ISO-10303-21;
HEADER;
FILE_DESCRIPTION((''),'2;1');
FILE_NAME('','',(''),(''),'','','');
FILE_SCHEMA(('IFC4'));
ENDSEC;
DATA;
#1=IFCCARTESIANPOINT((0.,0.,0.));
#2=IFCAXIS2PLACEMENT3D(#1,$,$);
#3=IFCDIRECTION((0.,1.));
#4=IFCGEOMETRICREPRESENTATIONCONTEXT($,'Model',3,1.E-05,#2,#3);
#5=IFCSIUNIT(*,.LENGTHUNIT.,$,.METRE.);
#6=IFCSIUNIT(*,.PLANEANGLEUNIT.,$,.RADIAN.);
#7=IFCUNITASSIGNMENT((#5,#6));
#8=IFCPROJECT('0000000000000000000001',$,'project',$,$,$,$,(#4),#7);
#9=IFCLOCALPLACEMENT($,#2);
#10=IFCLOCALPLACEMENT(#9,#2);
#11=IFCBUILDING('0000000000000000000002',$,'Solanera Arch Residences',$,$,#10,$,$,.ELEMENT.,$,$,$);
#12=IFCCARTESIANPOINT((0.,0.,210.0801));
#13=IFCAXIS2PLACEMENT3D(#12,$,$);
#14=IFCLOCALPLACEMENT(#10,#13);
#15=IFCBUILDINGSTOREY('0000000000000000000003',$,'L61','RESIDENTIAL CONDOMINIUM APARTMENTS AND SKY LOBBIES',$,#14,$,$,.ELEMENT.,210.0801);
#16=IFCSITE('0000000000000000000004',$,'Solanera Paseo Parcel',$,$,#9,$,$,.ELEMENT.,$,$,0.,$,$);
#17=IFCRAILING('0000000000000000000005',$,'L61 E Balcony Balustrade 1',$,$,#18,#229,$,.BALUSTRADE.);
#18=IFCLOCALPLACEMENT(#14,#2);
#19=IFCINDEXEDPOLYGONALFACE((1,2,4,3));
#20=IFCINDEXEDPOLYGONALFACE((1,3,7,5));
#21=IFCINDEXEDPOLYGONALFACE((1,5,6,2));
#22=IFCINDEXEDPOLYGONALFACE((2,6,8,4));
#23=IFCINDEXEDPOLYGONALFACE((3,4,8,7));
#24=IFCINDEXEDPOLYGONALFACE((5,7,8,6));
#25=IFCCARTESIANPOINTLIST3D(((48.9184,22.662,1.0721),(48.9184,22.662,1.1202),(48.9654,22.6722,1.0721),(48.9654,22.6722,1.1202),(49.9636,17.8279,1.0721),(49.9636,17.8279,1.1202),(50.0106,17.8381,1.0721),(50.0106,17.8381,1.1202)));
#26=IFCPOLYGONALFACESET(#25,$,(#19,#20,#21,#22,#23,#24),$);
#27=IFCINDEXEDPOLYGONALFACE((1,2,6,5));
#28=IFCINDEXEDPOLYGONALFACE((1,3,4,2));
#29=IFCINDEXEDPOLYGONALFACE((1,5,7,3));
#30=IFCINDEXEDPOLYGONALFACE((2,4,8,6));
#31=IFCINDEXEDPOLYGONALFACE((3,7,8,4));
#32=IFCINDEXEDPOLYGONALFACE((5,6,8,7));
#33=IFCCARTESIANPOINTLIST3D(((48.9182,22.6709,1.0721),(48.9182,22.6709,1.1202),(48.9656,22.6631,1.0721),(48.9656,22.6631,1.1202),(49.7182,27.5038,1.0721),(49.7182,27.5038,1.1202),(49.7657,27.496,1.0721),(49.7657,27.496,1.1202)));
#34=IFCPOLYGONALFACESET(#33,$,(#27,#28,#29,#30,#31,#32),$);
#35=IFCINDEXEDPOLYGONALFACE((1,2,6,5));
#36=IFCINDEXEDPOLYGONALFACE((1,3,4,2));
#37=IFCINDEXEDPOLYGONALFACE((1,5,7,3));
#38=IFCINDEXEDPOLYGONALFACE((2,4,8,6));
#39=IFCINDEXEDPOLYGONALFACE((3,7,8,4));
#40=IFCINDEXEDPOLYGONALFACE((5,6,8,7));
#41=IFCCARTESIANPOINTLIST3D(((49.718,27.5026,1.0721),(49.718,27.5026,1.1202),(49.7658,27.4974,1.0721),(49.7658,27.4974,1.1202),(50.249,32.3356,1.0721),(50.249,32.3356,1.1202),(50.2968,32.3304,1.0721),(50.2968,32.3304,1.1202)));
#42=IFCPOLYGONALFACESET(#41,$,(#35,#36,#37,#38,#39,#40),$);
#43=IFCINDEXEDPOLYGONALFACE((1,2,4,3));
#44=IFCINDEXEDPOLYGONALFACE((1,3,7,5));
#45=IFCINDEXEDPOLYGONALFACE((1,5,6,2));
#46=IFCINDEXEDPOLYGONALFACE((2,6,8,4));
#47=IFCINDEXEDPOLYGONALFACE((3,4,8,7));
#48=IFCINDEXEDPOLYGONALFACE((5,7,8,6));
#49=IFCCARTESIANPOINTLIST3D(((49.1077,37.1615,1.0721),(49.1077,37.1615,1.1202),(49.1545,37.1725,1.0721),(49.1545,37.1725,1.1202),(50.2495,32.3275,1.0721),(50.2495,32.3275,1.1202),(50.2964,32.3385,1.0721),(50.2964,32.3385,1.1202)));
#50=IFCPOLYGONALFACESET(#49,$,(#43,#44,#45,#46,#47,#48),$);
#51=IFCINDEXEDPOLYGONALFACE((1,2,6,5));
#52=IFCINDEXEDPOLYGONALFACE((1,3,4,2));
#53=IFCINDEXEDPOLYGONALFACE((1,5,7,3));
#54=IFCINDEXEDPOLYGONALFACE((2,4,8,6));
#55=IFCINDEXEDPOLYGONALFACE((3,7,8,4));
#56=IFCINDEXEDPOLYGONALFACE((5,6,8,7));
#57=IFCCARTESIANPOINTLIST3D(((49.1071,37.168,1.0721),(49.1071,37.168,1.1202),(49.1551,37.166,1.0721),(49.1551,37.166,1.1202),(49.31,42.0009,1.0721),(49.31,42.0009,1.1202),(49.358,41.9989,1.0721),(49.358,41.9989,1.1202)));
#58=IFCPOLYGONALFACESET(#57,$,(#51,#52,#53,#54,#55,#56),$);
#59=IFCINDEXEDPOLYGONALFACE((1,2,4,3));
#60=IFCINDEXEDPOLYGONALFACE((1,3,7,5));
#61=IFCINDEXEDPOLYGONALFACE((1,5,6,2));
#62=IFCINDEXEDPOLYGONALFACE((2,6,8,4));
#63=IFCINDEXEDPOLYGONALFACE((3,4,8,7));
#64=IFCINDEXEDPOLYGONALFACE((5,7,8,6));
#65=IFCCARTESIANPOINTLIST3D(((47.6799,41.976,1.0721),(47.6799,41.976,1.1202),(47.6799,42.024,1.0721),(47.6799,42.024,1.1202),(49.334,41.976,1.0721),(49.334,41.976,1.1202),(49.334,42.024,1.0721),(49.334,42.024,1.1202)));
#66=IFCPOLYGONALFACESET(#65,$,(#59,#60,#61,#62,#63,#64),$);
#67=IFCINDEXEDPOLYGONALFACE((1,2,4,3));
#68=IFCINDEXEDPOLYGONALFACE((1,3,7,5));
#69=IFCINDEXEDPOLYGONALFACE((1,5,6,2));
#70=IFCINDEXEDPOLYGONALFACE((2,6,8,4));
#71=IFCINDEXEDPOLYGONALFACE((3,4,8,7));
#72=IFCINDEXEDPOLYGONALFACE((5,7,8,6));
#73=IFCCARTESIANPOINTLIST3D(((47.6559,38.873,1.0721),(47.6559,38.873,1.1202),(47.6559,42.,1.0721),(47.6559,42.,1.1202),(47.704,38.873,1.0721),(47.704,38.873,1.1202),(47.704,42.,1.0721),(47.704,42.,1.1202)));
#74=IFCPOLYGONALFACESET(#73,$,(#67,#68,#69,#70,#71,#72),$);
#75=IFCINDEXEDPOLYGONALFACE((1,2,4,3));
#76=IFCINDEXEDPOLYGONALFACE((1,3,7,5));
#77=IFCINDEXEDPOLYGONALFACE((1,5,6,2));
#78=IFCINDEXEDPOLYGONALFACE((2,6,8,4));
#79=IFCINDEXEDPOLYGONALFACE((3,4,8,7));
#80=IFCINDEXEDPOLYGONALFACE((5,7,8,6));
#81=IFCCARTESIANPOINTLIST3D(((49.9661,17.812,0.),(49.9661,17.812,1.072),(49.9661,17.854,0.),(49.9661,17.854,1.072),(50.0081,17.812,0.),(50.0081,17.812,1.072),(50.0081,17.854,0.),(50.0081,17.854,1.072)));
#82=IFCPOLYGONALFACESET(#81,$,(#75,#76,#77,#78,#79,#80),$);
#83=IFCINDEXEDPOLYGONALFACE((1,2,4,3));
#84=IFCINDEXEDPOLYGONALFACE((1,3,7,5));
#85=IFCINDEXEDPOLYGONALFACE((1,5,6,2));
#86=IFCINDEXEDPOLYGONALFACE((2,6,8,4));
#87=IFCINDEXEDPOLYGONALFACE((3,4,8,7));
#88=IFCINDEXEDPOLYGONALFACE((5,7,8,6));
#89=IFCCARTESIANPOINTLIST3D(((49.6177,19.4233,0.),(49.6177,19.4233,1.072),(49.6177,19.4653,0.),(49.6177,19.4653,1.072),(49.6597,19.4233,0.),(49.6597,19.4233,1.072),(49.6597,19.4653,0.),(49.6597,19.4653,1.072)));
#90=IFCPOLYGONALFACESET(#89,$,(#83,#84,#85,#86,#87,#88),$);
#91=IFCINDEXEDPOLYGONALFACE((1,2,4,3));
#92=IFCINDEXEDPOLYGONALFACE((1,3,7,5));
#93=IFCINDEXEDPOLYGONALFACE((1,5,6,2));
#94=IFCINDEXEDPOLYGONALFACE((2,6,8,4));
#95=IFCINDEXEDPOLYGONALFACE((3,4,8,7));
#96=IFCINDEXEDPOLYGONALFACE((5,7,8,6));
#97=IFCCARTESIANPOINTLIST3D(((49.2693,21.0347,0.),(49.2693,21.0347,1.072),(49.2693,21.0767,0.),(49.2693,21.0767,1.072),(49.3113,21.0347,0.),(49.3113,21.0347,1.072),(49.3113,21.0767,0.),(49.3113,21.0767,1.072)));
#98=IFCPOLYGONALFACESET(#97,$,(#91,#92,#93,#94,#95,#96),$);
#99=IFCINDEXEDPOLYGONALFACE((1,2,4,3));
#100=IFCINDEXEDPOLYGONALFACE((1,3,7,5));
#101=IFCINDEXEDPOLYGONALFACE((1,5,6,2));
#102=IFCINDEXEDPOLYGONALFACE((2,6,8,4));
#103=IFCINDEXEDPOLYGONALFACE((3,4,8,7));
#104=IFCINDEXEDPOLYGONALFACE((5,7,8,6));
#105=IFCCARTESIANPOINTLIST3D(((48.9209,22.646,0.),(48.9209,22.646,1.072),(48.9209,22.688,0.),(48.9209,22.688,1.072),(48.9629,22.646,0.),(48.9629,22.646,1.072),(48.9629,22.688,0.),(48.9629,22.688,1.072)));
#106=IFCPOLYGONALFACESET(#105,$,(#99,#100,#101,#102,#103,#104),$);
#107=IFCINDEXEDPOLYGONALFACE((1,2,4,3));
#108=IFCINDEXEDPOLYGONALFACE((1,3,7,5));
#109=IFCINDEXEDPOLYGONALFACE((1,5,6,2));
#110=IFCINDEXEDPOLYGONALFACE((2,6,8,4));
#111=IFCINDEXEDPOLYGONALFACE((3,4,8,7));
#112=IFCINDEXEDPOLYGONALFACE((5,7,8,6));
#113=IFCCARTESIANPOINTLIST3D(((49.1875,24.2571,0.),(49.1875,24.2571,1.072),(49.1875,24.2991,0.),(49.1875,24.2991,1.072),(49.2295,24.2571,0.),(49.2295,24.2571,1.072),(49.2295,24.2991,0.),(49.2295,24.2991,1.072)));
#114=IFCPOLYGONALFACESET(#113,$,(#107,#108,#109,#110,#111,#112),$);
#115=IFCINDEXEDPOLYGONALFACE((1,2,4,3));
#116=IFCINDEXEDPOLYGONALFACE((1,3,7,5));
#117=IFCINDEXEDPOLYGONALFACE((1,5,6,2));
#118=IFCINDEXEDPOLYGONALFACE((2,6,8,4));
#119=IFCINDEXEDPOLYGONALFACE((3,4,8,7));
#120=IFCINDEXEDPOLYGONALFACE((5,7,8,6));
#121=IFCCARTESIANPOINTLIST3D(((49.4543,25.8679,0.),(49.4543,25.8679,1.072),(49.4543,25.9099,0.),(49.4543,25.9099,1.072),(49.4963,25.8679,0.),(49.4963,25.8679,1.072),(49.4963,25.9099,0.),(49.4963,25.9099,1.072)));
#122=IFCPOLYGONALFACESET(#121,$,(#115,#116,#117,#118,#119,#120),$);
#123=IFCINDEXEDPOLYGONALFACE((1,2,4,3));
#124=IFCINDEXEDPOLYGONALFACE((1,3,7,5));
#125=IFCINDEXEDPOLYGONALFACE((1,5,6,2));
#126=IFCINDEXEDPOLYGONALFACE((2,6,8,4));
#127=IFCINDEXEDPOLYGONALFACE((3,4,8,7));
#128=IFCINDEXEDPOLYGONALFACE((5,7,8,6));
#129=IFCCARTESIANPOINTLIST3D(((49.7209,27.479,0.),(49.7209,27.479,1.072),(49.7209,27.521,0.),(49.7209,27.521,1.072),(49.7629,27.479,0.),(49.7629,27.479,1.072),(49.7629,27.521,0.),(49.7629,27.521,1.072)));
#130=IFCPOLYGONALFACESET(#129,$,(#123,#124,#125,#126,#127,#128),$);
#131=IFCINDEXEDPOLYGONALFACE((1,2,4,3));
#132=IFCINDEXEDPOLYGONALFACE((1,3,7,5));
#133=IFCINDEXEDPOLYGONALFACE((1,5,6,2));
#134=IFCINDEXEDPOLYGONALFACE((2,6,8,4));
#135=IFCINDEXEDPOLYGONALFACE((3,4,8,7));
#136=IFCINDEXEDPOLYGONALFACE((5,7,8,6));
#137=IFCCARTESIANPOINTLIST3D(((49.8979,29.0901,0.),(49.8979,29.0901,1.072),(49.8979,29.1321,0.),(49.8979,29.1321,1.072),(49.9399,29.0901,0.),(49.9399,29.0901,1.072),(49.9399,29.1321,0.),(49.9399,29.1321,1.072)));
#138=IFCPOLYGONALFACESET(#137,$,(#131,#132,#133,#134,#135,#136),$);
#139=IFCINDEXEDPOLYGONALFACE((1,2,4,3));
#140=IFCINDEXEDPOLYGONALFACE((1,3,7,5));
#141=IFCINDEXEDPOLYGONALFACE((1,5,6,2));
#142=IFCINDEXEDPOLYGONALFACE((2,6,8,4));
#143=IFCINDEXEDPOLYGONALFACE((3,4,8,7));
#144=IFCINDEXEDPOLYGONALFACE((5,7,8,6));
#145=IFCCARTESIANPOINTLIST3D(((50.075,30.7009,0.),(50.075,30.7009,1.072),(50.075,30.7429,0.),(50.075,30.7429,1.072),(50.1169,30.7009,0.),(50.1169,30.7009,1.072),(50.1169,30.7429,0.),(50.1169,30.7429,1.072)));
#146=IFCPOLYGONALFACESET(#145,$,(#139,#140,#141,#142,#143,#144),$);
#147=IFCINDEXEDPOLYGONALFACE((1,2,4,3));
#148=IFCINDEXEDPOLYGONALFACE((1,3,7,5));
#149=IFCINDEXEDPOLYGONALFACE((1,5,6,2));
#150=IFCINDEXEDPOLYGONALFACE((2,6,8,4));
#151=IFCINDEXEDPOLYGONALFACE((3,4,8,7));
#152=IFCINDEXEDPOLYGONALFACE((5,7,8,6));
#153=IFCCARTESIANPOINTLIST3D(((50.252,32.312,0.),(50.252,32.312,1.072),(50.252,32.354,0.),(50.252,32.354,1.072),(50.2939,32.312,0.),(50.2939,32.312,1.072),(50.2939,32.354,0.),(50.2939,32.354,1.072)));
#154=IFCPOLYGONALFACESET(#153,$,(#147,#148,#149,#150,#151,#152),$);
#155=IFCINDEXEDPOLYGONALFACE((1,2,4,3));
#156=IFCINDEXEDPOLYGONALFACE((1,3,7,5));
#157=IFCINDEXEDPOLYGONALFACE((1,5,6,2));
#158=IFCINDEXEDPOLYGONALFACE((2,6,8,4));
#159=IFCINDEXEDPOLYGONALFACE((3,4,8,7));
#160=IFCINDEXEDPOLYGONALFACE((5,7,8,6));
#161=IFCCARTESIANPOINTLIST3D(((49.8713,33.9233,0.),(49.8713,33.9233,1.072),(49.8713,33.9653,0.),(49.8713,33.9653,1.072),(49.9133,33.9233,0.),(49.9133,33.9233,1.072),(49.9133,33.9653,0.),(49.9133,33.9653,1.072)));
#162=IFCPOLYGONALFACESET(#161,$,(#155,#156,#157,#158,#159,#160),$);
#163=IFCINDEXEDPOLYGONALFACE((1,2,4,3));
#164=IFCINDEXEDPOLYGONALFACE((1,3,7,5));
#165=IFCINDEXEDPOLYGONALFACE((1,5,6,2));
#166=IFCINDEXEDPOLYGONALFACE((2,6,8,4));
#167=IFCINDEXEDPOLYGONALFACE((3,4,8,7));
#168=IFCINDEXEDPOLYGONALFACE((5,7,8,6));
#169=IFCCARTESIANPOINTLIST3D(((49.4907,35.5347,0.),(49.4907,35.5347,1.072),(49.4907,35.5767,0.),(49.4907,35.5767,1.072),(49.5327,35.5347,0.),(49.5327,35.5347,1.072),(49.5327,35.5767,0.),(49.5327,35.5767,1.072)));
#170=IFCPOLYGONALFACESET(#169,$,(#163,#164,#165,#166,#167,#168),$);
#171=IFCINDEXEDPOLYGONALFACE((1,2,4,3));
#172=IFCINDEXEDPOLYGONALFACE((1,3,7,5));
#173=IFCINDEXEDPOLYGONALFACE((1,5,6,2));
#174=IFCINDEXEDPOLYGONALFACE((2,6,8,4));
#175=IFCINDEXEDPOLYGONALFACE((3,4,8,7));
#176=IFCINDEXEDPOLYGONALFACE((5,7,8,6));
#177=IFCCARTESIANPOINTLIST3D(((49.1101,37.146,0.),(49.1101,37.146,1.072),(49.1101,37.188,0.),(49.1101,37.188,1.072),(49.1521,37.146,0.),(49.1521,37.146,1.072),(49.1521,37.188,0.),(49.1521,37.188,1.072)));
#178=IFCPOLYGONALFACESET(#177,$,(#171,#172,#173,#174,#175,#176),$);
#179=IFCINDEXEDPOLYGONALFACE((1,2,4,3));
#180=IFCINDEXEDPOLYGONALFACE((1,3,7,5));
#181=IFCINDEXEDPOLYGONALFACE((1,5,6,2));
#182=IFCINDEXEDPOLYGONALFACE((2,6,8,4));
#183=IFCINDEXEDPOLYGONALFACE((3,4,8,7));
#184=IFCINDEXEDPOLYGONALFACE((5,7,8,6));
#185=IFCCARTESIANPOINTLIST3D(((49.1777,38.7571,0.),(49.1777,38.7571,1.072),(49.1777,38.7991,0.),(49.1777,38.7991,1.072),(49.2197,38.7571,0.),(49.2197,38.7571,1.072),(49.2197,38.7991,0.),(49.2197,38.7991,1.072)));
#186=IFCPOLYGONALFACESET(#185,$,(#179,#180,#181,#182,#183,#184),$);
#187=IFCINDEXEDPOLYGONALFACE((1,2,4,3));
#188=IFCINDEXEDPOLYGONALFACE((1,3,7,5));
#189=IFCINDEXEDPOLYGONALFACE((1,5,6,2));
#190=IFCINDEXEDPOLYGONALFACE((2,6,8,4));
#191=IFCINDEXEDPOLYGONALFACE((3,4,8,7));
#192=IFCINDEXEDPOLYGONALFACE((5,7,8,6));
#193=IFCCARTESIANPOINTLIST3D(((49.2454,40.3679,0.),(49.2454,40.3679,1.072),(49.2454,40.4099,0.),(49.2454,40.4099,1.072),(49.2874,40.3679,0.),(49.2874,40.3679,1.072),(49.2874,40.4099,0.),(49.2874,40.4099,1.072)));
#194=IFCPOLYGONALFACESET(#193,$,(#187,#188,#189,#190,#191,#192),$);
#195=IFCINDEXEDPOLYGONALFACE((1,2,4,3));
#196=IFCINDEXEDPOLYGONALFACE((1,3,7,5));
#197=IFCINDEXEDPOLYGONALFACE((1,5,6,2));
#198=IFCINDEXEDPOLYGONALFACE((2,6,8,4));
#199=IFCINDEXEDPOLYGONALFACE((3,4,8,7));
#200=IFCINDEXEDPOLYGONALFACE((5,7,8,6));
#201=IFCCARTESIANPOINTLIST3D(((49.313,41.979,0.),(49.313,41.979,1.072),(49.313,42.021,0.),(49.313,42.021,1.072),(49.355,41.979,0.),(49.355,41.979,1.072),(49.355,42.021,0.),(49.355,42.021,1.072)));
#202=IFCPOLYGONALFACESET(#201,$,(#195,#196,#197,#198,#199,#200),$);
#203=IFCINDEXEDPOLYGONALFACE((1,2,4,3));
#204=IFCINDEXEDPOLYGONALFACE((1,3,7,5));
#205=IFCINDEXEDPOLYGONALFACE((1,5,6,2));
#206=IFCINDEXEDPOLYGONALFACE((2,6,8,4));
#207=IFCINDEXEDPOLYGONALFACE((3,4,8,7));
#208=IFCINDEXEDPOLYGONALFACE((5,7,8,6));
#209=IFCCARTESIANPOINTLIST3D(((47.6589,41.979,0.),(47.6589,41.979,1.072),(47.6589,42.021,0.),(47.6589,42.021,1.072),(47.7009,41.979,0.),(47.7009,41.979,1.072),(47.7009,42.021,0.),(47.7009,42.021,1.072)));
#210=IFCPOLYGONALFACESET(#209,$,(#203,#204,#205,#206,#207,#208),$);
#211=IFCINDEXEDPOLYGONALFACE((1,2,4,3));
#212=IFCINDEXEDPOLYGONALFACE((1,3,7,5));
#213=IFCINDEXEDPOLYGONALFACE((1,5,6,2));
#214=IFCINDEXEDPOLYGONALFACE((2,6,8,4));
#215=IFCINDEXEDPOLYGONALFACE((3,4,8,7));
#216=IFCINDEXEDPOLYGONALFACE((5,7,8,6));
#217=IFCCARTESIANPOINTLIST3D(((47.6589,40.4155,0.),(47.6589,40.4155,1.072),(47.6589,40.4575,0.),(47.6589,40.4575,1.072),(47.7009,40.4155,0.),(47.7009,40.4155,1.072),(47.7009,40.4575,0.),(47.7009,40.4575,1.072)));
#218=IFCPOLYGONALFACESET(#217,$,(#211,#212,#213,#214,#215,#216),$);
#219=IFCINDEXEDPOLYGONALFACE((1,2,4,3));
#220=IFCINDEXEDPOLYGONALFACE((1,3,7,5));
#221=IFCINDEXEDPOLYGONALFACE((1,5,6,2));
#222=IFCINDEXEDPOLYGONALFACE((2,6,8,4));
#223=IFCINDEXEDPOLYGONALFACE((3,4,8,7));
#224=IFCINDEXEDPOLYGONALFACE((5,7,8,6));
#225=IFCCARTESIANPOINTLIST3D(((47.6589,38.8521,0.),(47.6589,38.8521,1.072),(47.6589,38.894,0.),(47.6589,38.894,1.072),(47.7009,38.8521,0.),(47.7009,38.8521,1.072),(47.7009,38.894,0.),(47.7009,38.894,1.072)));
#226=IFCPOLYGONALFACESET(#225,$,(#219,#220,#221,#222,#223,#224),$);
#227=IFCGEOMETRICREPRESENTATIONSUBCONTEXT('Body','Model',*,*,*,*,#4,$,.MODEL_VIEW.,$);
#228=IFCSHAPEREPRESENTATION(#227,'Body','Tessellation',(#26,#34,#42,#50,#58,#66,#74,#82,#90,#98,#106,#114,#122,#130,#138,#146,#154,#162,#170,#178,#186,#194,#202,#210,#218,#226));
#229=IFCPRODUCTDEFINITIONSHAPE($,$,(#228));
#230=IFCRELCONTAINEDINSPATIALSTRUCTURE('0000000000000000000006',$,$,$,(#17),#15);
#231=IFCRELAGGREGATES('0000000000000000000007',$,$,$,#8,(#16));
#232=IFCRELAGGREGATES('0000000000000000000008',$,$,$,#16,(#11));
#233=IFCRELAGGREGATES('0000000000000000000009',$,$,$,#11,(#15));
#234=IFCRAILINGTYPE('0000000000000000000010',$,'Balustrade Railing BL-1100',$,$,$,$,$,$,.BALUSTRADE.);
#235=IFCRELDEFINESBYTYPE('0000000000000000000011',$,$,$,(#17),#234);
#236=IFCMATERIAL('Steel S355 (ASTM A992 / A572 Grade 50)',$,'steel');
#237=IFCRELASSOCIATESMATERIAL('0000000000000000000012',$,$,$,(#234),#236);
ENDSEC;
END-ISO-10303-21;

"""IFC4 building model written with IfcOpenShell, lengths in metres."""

from ifc_helpers import new_model, si_unit, direction, frame, origin, origin_2d, place, context, subcontext, project, spatial, rectangle, extrude, material, type_object, element, save


model = new_model("IFC4")

# Units and contexts
model_context = context("Model", 3, precision=1e-05, world=origin(), true_north=direction((0.0, 1.0)))
body_context = subcontext(model_context, "Body", "Model", "MODEL_VIEW")
ifc_project = project(units=[si_unit("LENGTHUNIT", "METRE"), si_unit("PLANEANGLEUNIT", "RADIAN")], contexts=[model_context])

# Site, building, storey
site_placement = place(None, origin())
site = spatial("IfcSite", under=ifc_project, at=site_placement, Name="Solanera Paseo Parcel", CompositionType="ELEMENT", RefElevation=0.0)
building_placement = place(site_placement, origin())
building = spatial("IfcBuilding", under=site, at=building_placement, Name="Solanera Arch Residences", CompositionType="ELEMENT")
storey_placement = place(building_placement, frame((0.0, 0.0, 210.0801)))
storey = spatial("IfcBuildingStorey", under=building, at=storey_placement, Name="L61", Description="RESIDENTIAL CONDOMINIUM APARTMENTS AND SKY LOBBIES", CompositionType="ELEMENT", Elevation=210.0801)

# Railing
ifc_material_1 = material(Name="Steel S355 (ASTM A992 / A572 Grade 50)", Category="steel")
railing_type = type_object("IfcRailingType", Name="Balustrade Railing BL-1100", PredefinedType="BALUSTRADE", material=ifc_material_1)
railing_1_placement = place(storey_placement, frame((49.9871, 17.833, 0.0)))
element("IfcRailing", 1, at=railing_1_placement, inside=storey, type_object=railing_type, Name="L61 E Balcony Balustrade 1", PredefinedType="BALUSTRADE", context=body_context, shape_type="SweptSolid", body=[
    extrude(rectangle(XDim=0.0481, YDim=0.0481, at=origin_2d()), frame((0.0, 0.0, 1.0962), z_axis=(-0.211329, 0.977415, 0.0), x_axis=(-0.977415, -0.211329, 0.0)), (0.0, 0.0, 1.0), 4.9458),
    extrude(rectangle(XDim=0.0481, YDim=0.0481, at=origin_2d()), frame((-1.0452, 4.834, 1.0962), z_axis=(0.163316, 0.986574, 0.0), x_axis=(-0.986574, 0.163316, 0.0)), (0.0, 0.0, 1.0), 4.8987),
    extrude(rectangle(XDim=0.0481, YDim=0.0481, at=origin_2d()), frame((-0.2451, 9.667, 1.0962), z_axis=(0.109213, 0.994018, 0.0), x_axis=(-0.994018, 0.109213, 0.0)), (0.0, 0.0, 1.0), 4.8621),
    extrude(rectangle(XDim=0.0481, YDim=0.0481, at=origin_2d()), frame((0.2859, 14.5, 1.0962), z_axis=(-0.229886, 0.973218, 0.0), x_axis=(-0.973218, -0.229886, 0.0)), (0.0, 0.0, 1.0), 4.967),
    extrude(rectangle(XDim=0.0481, YDim=0.0481, at=origin_2d()), frame((-0.856, 19.334, 1.0962), z_axis=(0.041941, 0.99912, 0.0), x_axis=(-0.99912, 0.041941, 0.0)), (0.0, 0.0, 1.0), 4.8372),
    extrude(rectangle(XDim=0.0481, YDim=0.0481, at=origin_2d()), frame((-0.6531, 24.167, 1.0962), z_axis=(-1.0, 0.0, 0.0), x_axis=(0.0, -1.0, 0.0)), (0.0, 0.0, 1.0), 1.6541),
    extrude(rectangle(XDim=0.0481, YDim=0.0481, at=origin_2d()), frame((-2.3071, 24.167, 1.0962), z_axis=(0.0, -1.0, 0.0), x_axis=(1.0, 0.0, 0.0)), (0.0, 0.0, 1.0), 3.127),
    extrude(rectangle(XDim=0.042, YDim=0.042, at=origin_2d()), origin(), (0.0, 0.0, 1.0), 1.072),
    extrude(rectangle(XDim=0.042, YDim=0.042, at=origin_2d()), frame((-0.3484, 1.6113, 0.0)), (0.0, 0.0, 1.0), 1.072),
    extrude(rectangle(XDim=0.042, YDim=0.042, at=origin_2d()), frame((-0.6968, 3.2227, 0.0)), (0.0, 0.0, 1.0), 1.072),
    extrude(rectangle(XDim=0.042, YDim=0.042, at=origin_2d()), frame((-1.0452, 4.834, 0.0)), (0.0, 0.0, 1.0), 1.072),
    extrude(rectangle(XDim=0.042, YDim=0.042, at=origin_2d()), frame((-0.7786, 6.4451, 0.0)), (0.0, 0.0, 1.0), 1.072),
    extrude(rectangle(XDim=0.042, YDim=0.042, at=origin_2d()), frame((-0.5117, 8.0559, 0.0)), (0.0, 0.0, 1.0), 1.072),
    extrude(rectangle(XDim=0.042, YDim=0.042, at=origin_2d()), frame((-0.2451, 9.667, 0.0)), (0.0, 0.0, 1.0), 1.072),
    extrude(rectangle(XDim=0.042, YDim=0.042, at=origin_2d()), frame((-0.0681, 11.2781, 0.0)), (0.0, 0.0, 1.0), 1.072),
    extrude(rectangle(XDim=0.042, YDim=0.042, at=origin_2d()), frame((0.1089, 12.8889, 0.0)), (0.0, 0.0, 1.0), 1.072),
    extrude(rectangle(XDim=0.042, YDim=0.042, at=origin_2d()), frame((0.2859, 14.5, 0.0)), (0.0, 0.0, 1.0), 1.072),
    extrude(rectangle(XDim=0.042, YDim=0.042, at=origin_2d()), frame((-0.0947, 16.1113, 0.0)), (0.0, 0.0, 1.0), 1.072),
    extrude(rectangle(XDim=0.042, YDim=0.042, at=origin_2d()), frame((-0.4753, 17.7227, 0.0)), (0.0, 0.0, 1.0), 1.072),
    extrude(rectangle(XDim=0.042, YDim=0.042, at=origin_2d()), frame((-0.856, 19.334, 0.0)), (0.0, 0.0, 1.0), 1.072),
    extrude(rectangle(XDim=0.042, YDim=0.042, at=origin_2d()), frame((-0.7883, 20.9451, 0.0)), (0.0, 0.0, 1.0), 1.072),
    extrude(rectangle(XDim=0.042, YDim=0.042, at=origin_2d()), frame((-0.7207, 22.5559, 0.0)), (0.0, 0.0, 1.0), 1.072),
    extrude(rectangle(XDim=0.042, YDim=0.042, at=origin_2d()), frame((-0.6531, 24.167, 0.0)), (0.0, 0.0, 1.0), 1.072),
    extrude(rectangle(XDim=0.042, YDim=0.042, at=origin_2d()), frame((-2.3071, 24.167, 0.0)), (0.0, 0.0, 1.0), 1.072),
    extrude(rectangle(XDim=0.042, YDim=0.042, at=origin_2d()), frame((-2.3071, 22.6035, 0.0)), (0.0, 0.0, 1.0), 1.072),
    extrude(rectangle(XDim=0.042, YDim=0.042, at=origin_2d()), frame((-2.3071, 21.04, 0.0)), (0.0, 0.0, 1.0), 1.072),
])

save(model, "model.ifc")
